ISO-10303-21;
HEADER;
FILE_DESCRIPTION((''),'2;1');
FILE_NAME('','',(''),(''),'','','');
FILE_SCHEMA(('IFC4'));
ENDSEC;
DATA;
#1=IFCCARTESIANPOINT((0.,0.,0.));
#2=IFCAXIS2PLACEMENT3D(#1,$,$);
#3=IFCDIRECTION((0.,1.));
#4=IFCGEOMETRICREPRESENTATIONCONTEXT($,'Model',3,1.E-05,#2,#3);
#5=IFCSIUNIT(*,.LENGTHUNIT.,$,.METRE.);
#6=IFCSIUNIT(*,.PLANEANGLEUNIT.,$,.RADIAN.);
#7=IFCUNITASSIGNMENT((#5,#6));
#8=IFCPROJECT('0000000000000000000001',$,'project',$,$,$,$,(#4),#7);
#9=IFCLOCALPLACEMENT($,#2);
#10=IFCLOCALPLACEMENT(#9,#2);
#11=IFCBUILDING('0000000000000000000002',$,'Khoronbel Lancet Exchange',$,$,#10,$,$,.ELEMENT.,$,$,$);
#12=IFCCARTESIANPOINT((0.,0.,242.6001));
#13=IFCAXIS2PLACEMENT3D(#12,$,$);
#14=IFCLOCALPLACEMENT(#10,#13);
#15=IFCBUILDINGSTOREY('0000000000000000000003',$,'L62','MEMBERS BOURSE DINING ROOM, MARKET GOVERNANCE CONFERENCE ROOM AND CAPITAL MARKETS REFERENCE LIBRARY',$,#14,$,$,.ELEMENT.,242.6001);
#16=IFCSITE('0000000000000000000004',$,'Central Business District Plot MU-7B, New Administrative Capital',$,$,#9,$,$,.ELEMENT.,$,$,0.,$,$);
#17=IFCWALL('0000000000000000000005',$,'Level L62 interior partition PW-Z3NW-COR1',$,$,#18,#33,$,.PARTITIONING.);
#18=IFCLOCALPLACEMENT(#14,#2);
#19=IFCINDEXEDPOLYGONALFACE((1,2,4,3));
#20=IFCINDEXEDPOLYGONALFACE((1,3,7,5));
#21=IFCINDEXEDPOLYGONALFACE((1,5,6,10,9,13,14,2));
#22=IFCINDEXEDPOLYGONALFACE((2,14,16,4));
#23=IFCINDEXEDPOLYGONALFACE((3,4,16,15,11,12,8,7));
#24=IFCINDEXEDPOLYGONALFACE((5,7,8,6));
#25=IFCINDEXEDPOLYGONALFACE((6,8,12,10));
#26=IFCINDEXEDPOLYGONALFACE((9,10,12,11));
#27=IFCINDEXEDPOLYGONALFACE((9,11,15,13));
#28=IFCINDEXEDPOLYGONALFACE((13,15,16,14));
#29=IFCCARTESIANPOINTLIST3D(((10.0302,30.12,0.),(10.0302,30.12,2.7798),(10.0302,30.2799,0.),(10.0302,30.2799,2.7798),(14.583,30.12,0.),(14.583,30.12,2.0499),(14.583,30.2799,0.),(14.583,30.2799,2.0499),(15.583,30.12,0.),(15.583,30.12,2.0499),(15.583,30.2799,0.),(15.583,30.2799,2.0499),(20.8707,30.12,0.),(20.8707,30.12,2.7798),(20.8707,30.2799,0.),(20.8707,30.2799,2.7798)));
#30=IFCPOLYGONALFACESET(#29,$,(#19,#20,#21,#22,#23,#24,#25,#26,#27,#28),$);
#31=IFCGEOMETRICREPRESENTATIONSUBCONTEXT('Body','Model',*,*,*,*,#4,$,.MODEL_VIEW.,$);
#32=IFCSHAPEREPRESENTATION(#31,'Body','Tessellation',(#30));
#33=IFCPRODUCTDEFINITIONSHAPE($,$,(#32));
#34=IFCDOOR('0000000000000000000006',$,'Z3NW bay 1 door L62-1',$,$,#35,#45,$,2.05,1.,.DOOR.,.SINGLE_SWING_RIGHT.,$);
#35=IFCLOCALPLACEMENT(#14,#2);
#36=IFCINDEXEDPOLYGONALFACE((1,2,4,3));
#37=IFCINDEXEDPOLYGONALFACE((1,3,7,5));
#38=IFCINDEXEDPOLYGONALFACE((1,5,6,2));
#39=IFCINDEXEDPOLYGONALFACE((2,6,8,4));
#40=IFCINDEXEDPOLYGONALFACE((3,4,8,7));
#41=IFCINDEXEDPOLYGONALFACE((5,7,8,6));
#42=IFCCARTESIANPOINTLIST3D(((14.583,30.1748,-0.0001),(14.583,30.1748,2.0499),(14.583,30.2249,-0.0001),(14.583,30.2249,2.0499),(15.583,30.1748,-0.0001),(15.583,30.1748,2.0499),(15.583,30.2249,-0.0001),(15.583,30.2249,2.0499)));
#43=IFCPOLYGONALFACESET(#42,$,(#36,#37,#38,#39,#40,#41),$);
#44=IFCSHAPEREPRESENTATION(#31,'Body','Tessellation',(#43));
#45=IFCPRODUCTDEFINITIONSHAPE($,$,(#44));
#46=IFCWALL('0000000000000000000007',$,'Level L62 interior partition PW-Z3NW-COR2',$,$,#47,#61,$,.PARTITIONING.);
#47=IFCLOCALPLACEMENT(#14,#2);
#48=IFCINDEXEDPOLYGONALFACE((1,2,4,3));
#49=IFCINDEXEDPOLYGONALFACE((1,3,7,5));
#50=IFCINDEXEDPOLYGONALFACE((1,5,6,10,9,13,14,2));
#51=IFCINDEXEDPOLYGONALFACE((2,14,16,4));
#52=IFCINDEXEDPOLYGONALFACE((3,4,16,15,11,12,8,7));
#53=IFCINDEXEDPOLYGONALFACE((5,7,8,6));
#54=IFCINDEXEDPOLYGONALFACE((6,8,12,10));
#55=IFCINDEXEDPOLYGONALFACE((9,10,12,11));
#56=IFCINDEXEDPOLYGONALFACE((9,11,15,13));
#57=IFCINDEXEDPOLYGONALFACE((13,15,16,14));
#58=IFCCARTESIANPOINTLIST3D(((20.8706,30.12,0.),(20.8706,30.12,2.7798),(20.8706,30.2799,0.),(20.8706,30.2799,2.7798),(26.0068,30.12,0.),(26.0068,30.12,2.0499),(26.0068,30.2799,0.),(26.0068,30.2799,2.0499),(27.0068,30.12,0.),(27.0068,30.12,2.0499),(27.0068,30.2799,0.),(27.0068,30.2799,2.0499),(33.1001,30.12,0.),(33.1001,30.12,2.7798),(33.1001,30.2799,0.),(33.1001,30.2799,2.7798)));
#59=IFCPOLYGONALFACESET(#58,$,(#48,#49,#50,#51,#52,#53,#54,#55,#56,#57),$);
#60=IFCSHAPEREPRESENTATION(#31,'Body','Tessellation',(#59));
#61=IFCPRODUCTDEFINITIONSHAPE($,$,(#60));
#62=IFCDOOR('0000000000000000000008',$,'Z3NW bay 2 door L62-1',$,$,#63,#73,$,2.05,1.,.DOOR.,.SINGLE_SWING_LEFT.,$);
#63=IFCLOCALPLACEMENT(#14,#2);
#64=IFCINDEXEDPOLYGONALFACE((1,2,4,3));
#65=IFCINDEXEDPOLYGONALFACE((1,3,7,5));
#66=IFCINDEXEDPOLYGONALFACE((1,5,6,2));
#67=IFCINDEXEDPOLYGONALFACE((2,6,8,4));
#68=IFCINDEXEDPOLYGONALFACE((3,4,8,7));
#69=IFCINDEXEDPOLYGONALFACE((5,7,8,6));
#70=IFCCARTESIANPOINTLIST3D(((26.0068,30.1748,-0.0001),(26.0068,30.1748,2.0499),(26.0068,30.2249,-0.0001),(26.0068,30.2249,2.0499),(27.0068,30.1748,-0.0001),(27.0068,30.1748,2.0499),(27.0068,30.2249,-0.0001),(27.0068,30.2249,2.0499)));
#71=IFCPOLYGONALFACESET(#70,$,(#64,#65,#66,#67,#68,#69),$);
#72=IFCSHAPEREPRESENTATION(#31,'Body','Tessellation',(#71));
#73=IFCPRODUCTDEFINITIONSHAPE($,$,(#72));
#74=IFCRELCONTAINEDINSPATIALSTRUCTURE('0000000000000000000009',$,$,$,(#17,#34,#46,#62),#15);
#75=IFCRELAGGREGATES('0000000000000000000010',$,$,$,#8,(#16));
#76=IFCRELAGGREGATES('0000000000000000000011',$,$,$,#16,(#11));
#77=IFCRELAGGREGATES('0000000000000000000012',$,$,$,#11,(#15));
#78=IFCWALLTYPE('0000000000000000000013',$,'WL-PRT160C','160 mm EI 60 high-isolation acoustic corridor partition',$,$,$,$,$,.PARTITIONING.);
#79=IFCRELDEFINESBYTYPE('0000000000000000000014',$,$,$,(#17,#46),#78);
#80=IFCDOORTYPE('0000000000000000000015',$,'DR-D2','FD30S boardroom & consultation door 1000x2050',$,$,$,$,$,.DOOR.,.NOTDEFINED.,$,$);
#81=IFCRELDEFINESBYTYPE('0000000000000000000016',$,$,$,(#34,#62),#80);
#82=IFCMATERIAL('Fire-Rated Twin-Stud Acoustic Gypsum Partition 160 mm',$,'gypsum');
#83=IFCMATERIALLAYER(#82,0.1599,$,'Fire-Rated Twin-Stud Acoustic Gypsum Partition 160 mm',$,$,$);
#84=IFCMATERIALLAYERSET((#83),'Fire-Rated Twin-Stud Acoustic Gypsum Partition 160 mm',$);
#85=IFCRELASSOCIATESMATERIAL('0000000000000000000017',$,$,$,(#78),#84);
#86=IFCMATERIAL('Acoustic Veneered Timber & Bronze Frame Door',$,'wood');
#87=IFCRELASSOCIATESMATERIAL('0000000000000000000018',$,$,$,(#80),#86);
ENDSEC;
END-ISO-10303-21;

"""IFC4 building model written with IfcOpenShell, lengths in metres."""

from ifc_helpers import new_model, si_unit, direction, frame, frame_2d, origin, place, context, subcontext, project, spatial, rectangle, extrude, material, layer, layer_set, type_object, element, fill, save


model = new_model("IFC4")

# Units and contexts
model_context = context("Model", 3, precision=1e-05, world=origin(), true_north=direction((0.0, 1.0)))
body_context = subcontext(model_context, "Body", "Model", "MODEL_VIEW")
ifc_project = project(units=[si_unit("LENGTHUNIT", "METRE"), si_unit("PLANEANGLEUNIT", "RADIAN")], contexts=[model_context])

# Site, building, storey
site_placement = place(None, origin())
site = spatial("IfcSite", under=ifc_project, at=site_placement, Name="Central Business District Plot MU-7B, New Administrative Capital", CompositionType="ELEMENT", RefElevation=0.0)
building_placement = place(site_placement, origin())
building = spatial("IfcBuilding", under=site, at=building_placement, Name="Khoronbel Lancet Exchange", CompositionType="ELEMENT")
storey_placement = place(building_placement, frame((0.0, 0.0, 242.6001)))
storey = spatial("IfcBuildingStorey", under=building, at=storey_placement, Name="L62", Description="MEMBERS BOURSE DINING ROOM, MARKET GOVERNANCE CONFERENCE ROOM AND CAPITAL MARKETS REFERENCE LIBRARY", CompositionType="ELEMENT", Elevation=242.6001)

# Walls, openings, doors
ifc_material_1 = material(Name="Fire-Rated Twin-Stud Acoustic Gypsum Partition 160 mm", Category="gypsum")
ifc_layer_1 = layer(ifc_material_1, 0.1599, Name="Fire-Rated Twin-Stud Acoustic Gypsum Partition 160 mm")
ifc_layer_set_1 = layer_set([ifc_layer_1], Name="Fire-Rated Twin-Stud Acoustic Gypsum Partition 160 mm")
wall_type_1 = type_object("IfcWallType", Name="WL-PRT160C", Description="160 mm EI 60 high-isolation acoustic corridor partition", PredefinedType="PARTITIONING", material=ifc_layer_set_1)
ifc_material_2 = material(Name="Acoustic Veneered Timber & Bronze Frame Door", Category="wood")
door_type_1 = type_object("IfcDoorType", Name="DR-D2", Description="FD30S boardroom & consultation door 1000x2050", OperationType="NOTDEFINED", PredefinedType="DOOR", material=ifc_material_2)
wall_1_placement = place(storey_placement, frame((10.03, 30.2, 0.0), z_axis=(0.0, 0.0, 1.0), x_axis=(1.0, 0.0, 0.0)))
wall_1 = element("IfcWall", 1, at=wall_1_placement, inside=storey, type_object=wall_type_1, Name="Level L62 interior partition PW-Z3NW-COR1", PredefinedType="PARTITIONING", context=body_context, shape_type="SweptSolid", body=[
    extrude(rectangle(XDim=10.8406, YDim=0.1599, at=frame_2d((5.4204, 0.0))), origin(), (0.0, 0.0, 1.0), 2.7798),
])
opening_1_placement = place(wall_1_placement, frame((4.553, 0.0, 0.0)))
opening_1 = element("IfcOpeningElement", 2, at=opening_1_placement, cuts=wall_1, PredefinedType="OPENING", context=body_context, shape_type="SweptSolid", body=[
    extrude(rectangle(XDim=1.0, YDim=2.05, at=frame_2d((0.5, 1.0249))), frame((0.0, 0.0898, 0.0), z_axis=(0.0, -1.0, 0.0), x_axis=(1.0, 0.0, 0.0)), (0.0, 0.0, 1.0), 0.1799),
])
door_1_placement = place(opening_1_placement, origin())
door_1 = element("IfcDoor", 3, at=door_1_placement, inside=storey, type_object=door_type_1, Name="Z3NW bay 1 door L62-1", OperationType="SINGLE_SWING_RIGHT", OverallHeight=2.05, OverallWidth=1.0, PredefinedType="DOOR", context=body_context, shape_type="SweptSolid", body=[
    extrude(rectangle(XDim=1.0, YDim=2.05, at=frame_2d((0.5, 1.0249))), frame((0.0, 0.0249, 0.0), z_axis=(0.0, -1.0, 0.0), x_axis=(1.0, 0.0, 0.0)), (0.0, 0.0, 1.0), 0.05),
])
fill(opening_1, door_1)
wall_2_placement = place(storey_placement, frame((20.8706, 30.2, 0.0), z_axis=(0.0, 0.0, 1.0), x_axis=(1.0, 0.0, 0.0)))
wall_2 = element("IfcWall", 4, at=wall_2_placement, inside=storey, type_object=wall_type_1, Name="Level L62 interior partition PW-Z3NW-COR2", PredefinedType="PARTITIONING", context=body_context, shape_type="SweptSolid", body=[
    extrude(rectangle(XDim=12.2295, YDim=0.1599, at=frame_2d((6.1147, 0.0))), origin(), (0.0, 0.0, 1.0), 2.7798),
])
opening_2_placement = place(wall_2_placement, frame((5.1362, 0.0, 0.0)))
opening_2 = element("IfcOpeningElement", 5, at=opening_2_placement, cuts=wall_2, PredefinedType="OPENING", context=body_context, shape_type="SweptSolid", body=[
    extrude(rectangle(XDim=1.0, YDim=2.05, at=frame_2d((0.5, 1.0249))), frame((0.0, 0.0898, 0.0), z_axis=(0.0, -1.0, 0.0), x_axis=(1.0, 0.0, 0.0)), (0.0, 0.0, 1.0), 0.1799),
])
door_2_placement = place(opening_2_placement, origin())
door_2 = element("IfcDoor", 6, at=door_2_placement, inside=storey, type_object=door_type_1, Name="Z3NW bay 2 door L62-1", OperationType="SINGLE_SWING_LEFT", OverallHeight=2.05, OverallWidth=1.0, PredefinedType="DOOR", context=body_context, shape_type="SweptSolid", body=[
    extrude(rectangle(XDim=1.0, YDim=2.05, at=frame_2d((0.5, 1.0249))), frame((0.0, 0.0249, 0.0), z_axis=(0.0, -1.0, 0.0), x_axis=(1.0, 0.0, 0.0)), (0.0, 0.0, 1.0), 0.05),
])
fill(opening_2, door_2)

save(model, "model.ifc")
